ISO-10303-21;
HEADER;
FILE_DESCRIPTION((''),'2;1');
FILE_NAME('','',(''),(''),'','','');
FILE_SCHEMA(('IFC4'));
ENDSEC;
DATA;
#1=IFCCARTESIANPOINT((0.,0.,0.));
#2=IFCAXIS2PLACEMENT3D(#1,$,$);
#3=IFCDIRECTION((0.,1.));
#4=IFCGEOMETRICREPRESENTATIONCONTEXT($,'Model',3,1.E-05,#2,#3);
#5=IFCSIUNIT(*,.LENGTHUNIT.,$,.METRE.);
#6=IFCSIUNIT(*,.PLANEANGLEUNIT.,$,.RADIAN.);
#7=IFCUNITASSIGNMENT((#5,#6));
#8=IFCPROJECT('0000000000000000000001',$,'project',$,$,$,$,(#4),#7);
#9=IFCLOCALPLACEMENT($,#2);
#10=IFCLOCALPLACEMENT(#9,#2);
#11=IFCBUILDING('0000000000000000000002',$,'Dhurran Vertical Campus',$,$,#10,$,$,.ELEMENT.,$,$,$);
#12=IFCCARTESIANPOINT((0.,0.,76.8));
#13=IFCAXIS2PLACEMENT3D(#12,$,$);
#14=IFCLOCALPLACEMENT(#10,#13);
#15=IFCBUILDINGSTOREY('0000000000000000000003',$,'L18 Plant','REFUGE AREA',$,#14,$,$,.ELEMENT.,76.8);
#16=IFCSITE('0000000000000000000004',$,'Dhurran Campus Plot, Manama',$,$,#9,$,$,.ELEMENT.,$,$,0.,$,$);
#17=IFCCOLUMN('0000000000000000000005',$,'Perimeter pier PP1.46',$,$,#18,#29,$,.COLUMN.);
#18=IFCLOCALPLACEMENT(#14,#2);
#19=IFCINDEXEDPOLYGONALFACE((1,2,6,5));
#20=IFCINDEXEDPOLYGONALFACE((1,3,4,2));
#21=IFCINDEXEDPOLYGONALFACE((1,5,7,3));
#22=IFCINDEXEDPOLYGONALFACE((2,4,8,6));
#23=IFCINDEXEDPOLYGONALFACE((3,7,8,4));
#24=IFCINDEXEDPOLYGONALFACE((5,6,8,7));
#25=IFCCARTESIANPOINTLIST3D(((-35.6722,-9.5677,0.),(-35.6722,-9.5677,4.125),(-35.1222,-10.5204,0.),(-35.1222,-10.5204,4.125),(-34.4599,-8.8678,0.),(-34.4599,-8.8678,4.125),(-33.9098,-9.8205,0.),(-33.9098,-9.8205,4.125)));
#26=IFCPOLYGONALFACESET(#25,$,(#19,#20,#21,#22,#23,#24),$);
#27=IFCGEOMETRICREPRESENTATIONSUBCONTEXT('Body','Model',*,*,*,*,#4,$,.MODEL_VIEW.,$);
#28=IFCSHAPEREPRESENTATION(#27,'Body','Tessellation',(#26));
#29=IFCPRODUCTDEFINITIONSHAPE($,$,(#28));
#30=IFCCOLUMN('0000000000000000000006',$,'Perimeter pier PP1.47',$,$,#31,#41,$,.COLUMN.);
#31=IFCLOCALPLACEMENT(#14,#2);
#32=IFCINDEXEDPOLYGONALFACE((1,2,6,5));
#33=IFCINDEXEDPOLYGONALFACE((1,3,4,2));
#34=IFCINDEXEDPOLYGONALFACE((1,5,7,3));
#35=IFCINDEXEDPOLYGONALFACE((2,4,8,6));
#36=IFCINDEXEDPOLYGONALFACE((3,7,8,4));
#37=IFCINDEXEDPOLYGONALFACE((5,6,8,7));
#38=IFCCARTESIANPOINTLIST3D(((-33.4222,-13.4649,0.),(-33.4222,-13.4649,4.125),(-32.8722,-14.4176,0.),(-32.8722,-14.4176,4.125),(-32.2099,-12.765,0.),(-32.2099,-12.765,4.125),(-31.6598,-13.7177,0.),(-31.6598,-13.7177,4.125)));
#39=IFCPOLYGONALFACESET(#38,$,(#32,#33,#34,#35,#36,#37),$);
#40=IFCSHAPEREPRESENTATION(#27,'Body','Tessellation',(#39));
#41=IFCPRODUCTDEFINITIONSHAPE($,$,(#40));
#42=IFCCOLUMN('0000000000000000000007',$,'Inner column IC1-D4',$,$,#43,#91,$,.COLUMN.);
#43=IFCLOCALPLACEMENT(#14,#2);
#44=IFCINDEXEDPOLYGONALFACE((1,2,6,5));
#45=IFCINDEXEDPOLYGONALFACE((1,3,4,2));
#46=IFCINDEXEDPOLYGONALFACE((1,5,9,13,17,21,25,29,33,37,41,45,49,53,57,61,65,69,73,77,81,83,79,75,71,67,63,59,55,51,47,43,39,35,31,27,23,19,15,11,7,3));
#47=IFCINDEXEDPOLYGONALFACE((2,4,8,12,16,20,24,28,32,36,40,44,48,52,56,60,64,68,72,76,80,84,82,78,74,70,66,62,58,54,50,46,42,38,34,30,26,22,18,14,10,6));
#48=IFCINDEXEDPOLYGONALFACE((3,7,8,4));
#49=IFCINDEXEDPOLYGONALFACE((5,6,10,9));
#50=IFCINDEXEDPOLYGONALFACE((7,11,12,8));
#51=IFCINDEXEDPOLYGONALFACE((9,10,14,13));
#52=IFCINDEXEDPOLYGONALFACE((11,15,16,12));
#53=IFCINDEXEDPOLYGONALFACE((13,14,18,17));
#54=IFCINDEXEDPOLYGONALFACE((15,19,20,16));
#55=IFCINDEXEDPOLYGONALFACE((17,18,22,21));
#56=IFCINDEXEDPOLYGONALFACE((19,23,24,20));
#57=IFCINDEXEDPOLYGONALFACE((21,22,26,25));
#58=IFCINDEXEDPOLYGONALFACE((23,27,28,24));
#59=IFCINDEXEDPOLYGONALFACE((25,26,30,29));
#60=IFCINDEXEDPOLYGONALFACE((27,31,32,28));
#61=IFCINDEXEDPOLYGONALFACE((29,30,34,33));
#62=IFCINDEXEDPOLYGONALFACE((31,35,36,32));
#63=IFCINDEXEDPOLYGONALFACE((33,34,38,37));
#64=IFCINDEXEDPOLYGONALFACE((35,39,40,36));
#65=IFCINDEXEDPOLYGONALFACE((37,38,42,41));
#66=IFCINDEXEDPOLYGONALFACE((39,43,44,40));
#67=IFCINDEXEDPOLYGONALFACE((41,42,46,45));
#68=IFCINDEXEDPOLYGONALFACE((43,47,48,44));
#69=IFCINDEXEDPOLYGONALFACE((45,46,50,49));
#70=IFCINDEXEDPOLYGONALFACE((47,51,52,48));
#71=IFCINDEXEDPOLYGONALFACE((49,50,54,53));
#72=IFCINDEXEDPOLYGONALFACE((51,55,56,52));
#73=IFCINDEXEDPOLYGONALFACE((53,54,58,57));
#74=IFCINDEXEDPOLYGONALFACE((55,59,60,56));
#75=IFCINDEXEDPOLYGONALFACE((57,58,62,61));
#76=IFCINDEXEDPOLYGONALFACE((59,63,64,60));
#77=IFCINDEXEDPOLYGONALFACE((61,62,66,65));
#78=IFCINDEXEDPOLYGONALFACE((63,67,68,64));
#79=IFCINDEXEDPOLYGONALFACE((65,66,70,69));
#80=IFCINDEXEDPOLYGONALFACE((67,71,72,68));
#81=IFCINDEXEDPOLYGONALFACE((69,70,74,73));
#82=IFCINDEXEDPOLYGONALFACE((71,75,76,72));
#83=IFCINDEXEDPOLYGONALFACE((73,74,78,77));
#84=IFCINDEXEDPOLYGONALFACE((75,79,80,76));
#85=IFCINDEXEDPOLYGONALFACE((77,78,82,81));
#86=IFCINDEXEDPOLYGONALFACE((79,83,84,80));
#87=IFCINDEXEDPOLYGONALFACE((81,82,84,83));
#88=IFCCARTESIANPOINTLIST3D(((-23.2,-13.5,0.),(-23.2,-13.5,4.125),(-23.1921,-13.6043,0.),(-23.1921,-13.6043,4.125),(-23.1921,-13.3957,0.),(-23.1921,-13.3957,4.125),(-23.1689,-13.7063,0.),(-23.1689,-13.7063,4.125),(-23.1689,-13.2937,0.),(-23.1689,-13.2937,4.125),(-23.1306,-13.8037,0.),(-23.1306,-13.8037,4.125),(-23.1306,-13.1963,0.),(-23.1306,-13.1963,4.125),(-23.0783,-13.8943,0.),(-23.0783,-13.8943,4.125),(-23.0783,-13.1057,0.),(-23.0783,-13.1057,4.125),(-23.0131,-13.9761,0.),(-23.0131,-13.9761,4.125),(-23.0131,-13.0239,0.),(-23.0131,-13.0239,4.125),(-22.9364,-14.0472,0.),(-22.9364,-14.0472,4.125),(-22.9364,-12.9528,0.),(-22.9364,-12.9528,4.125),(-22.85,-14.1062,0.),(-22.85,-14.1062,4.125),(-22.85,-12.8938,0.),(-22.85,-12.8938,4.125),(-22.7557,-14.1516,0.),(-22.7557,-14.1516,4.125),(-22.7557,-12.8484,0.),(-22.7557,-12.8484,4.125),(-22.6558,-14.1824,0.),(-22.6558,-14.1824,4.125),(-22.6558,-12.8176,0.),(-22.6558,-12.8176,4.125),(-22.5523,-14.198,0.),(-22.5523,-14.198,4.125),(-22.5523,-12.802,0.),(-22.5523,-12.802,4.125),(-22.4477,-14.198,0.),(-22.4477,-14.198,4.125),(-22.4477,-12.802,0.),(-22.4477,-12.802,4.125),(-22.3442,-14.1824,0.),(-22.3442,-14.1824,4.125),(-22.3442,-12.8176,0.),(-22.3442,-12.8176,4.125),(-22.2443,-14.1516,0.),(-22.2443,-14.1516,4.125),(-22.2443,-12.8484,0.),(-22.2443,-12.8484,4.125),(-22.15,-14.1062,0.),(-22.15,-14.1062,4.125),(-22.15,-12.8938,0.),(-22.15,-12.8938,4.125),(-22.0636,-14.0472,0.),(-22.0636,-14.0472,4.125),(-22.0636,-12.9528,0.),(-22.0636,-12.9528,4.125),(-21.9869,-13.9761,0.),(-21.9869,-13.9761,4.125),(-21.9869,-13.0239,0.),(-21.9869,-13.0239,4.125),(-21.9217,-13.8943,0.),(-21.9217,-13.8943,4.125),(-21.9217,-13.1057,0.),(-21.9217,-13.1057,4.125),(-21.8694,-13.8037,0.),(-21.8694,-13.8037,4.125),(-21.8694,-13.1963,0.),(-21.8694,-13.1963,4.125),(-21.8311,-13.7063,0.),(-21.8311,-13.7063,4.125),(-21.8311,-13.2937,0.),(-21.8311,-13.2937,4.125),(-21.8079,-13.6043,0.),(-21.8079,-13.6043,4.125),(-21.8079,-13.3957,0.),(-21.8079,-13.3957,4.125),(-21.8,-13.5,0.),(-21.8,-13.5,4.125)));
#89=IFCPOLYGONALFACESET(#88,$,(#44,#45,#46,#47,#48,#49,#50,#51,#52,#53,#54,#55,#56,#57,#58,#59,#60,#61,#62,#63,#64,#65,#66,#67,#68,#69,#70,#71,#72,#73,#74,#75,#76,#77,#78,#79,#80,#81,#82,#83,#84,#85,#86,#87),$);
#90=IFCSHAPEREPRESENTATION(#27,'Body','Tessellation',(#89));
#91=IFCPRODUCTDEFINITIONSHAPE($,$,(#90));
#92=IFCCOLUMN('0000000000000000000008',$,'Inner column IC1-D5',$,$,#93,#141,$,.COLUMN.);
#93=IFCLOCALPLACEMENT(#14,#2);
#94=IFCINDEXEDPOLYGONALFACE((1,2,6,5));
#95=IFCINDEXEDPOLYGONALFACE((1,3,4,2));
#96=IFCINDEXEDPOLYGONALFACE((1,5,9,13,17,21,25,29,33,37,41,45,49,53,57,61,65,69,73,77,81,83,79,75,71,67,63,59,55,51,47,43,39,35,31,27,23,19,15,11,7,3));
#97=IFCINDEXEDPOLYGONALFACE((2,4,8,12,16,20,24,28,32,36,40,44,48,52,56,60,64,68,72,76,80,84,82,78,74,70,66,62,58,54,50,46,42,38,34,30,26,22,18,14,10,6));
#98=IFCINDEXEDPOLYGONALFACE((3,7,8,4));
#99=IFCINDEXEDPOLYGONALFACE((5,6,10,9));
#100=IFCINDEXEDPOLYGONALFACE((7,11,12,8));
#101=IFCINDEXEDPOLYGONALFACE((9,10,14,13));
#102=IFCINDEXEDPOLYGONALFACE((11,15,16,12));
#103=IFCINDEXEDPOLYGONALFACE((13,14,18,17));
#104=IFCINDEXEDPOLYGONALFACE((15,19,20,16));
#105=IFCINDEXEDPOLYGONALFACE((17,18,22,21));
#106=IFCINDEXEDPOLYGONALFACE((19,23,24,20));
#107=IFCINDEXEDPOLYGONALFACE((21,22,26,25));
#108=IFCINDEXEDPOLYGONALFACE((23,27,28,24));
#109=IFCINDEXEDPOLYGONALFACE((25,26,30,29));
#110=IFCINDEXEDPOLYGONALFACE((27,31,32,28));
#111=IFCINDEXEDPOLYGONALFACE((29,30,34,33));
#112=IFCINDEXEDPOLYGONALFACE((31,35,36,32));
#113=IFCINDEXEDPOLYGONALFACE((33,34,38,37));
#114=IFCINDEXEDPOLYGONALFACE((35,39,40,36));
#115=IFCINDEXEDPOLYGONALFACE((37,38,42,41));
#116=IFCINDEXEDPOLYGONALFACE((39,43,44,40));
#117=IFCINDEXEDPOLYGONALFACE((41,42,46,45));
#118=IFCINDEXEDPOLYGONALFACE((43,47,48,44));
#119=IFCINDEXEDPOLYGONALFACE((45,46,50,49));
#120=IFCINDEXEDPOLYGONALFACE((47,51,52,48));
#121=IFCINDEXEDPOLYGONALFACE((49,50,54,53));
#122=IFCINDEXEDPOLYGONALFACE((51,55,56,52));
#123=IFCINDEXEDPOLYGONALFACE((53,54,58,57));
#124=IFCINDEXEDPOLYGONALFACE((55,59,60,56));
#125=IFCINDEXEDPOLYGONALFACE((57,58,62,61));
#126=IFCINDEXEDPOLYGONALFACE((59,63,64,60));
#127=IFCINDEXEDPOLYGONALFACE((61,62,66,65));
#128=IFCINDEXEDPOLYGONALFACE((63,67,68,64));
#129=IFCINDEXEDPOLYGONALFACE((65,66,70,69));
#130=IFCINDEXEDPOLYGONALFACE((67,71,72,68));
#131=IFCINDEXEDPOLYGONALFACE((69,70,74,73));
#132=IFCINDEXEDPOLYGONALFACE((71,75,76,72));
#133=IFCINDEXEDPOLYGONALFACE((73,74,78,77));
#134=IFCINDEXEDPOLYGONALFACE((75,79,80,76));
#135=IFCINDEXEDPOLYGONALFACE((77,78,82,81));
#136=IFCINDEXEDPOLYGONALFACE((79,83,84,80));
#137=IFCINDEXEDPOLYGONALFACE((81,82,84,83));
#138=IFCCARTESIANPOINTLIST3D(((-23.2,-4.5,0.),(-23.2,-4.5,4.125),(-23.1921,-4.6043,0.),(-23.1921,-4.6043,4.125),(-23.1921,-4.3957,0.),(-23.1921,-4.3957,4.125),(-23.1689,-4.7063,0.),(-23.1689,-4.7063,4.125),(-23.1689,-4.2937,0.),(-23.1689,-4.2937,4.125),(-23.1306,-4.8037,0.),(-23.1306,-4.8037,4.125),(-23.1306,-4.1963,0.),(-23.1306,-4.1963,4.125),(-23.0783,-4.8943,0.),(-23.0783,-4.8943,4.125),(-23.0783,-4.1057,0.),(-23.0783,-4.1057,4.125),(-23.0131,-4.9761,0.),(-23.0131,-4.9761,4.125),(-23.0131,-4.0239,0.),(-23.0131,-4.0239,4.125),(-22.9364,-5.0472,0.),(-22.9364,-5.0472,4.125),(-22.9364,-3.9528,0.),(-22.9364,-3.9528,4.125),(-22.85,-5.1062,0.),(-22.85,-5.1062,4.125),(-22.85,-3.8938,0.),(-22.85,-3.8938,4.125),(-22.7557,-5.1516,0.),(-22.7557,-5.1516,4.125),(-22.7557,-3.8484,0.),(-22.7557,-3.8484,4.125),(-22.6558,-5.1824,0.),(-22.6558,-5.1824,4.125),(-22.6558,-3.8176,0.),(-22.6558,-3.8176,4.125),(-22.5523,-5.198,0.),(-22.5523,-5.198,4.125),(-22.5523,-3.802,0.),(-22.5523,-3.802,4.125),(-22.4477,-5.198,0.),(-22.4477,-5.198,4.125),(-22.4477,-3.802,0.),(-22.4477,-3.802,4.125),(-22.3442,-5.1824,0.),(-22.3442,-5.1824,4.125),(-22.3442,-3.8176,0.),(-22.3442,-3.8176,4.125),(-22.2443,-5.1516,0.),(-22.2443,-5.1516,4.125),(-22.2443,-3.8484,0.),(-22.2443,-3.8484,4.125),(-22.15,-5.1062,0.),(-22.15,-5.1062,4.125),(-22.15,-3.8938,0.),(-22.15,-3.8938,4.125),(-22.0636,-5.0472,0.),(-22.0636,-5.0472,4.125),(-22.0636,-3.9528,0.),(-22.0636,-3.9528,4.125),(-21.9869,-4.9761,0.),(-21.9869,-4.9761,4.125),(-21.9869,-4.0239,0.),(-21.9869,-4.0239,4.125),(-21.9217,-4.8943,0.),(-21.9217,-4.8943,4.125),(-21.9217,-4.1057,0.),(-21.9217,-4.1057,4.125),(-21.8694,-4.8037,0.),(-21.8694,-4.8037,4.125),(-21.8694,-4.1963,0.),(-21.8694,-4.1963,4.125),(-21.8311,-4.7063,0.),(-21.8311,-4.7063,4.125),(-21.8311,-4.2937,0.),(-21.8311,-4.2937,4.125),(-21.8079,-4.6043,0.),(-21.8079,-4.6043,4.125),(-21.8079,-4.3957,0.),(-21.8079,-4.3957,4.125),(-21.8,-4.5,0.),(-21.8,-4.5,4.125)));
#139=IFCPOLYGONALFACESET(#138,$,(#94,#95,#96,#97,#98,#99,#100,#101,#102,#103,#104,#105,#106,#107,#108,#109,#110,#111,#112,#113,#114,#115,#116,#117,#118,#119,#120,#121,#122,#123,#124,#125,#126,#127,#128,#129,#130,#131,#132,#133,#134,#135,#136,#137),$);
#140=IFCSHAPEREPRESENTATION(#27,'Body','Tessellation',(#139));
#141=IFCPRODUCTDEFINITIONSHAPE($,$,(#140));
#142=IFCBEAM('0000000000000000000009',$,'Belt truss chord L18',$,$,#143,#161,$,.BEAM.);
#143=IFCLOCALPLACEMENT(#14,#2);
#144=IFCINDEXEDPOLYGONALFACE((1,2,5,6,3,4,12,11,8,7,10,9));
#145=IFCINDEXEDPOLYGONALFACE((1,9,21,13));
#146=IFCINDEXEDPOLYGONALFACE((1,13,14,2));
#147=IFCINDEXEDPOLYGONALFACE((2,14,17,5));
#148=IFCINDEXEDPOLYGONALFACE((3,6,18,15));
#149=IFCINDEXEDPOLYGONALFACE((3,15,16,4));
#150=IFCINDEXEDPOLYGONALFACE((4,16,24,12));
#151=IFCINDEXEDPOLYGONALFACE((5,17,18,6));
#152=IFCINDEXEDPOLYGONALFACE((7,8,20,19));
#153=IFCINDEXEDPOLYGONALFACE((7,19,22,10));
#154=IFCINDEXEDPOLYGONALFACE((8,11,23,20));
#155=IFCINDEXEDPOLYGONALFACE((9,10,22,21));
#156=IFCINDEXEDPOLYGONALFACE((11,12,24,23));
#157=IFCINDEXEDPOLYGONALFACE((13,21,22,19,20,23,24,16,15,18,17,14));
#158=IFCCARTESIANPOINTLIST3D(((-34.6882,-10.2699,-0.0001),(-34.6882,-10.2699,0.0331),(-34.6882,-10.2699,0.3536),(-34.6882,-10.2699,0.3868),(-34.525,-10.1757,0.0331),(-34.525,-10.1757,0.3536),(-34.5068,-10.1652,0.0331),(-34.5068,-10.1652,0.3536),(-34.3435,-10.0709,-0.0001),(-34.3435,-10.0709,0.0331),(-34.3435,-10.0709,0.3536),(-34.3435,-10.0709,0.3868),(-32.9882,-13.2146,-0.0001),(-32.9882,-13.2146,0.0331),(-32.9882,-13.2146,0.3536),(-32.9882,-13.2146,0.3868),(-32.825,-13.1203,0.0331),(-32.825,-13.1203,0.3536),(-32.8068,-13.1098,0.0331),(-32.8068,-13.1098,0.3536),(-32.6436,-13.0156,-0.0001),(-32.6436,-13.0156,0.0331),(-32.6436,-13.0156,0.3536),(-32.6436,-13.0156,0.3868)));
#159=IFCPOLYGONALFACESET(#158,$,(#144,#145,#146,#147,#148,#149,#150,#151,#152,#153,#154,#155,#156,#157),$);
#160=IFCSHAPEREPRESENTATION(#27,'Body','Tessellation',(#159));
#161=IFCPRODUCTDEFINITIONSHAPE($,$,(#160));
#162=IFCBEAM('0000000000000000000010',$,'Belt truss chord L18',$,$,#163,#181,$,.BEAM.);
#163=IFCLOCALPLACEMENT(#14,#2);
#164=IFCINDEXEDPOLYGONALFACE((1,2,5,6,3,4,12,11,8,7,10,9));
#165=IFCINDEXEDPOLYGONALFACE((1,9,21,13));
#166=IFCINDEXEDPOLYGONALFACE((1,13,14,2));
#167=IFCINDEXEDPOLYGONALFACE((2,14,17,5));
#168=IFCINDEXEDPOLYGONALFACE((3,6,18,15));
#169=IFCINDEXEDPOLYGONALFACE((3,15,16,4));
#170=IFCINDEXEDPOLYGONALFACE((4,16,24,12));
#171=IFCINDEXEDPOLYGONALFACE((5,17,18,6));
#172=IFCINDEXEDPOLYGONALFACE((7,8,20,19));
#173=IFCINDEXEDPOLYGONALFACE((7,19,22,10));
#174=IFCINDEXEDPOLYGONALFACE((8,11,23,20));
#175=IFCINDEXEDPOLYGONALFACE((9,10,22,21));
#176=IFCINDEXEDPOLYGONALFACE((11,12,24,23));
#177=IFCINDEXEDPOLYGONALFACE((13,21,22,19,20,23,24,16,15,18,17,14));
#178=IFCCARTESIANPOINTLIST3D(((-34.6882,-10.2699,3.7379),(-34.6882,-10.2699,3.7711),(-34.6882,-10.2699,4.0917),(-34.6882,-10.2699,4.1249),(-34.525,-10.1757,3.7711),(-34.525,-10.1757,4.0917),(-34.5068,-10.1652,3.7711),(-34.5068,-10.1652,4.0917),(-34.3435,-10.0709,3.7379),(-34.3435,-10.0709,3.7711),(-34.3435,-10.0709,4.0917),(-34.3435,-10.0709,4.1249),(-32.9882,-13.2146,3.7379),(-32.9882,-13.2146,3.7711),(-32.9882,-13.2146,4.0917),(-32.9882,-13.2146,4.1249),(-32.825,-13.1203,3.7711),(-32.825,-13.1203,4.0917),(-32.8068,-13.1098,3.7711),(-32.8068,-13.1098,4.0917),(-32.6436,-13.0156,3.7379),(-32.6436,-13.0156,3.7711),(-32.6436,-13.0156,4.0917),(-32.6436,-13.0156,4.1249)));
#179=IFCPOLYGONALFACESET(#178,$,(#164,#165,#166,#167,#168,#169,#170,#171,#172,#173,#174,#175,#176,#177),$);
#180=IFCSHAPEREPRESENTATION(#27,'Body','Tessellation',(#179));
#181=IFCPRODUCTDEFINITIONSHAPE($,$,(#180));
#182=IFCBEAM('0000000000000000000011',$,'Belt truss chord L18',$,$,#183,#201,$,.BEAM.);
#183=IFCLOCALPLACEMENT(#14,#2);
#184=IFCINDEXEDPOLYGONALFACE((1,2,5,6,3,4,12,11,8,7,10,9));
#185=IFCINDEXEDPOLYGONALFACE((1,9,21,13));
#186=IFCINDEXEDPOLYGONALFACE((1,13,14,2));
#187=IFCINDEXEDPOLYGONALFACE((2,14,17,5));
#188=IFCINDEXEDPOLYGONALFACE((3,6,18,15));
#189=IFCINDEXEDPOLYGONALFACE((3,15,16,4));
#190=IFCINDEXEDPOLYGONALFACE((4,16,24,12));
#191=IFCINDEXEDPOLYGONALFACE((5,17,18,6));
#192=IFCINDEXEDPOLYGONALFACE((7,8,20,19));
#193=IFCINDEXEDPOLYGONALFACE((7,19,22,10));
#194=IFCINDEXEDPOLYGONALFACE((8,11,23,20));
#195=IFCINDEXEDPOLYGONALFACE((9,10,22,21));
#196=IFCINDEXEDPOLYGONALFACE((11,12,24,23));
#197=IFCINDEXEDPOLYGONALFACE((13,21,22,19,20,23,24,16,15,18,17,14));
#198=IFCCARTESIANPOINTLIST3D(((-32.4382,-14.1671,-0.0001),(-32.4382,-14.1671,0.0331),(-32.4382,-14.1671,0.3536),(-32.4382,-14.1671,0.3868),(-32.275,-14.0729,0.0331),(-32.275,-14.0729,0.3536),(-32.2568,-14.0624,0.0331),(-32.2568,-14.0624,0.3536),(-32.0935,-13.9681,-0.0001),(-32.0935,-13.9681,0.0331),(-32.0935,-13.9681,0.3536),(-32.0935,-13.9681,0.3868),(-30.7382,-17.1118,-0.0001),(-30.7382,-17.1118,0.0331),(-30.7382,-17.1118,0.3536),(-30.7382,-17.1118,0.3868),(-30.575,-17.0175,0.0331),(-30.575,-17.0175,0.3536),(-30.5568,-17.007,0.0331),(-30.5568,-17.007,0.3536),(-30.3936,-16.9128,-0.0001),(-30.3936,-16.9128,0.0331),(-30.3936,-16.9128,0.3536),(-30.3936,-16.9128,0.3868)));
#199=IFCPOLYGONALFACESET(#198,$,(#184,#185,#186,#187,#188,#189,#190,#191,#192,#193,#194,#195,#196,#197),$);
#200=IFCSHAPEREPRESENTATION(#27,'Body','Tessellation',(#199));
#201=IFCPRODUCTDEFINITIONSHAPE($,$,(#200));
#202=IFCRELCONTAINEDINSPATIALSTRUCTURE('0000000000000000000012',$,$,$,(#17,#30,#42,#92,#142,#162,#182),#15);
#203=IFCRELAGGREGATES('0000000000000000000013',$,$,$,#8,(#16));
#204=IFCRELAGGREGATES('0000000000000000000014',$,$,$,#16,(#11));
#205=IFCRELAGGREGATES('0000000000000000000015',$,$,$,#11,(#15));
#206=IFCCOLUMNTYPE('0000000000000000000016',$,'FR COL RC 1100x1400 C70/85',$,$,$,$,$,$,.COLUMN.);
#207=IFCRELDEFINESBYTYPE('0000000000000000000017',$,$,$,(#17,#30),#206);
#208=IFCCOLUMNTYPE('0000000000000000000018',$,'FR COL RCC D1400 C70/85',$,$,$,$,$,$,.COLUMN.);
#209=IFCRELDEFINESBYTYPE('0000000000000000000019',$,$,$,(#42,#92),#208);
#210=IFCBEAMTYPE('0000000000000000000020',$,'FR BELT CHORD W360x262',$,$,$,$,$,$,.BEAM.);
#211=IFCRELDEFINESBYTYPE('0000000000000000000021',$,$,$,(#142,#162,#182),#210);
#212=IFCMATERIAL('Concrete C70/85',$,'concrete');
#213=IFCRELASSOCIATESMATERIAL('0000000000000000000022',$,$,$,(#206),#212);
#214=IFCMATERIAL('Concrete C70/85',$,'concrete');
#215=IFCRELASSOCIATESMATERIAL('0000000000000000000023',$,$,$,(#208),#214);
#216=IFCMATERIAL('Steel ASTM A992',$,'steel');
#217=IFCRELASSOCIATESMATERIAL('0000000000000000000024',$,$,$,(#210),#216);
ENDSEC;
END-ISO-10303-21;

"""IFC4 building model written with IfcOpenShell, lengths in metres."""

from ifc_helpers import new_model, si_unit, direction, frame, origin, origin_2d, place, context, subcontext, project, spatial, rectangle, circle, i_section, extrude, material, material_profile, profile_set, type_object, element, save


model = new_model("IFC4")

# Units and contexts
model_context = context("Model", 3, precision=1e-05, world=origin(), true_north=direction((0.0, 1.0)))
body_context = subcontext(model_context, "Body", "Model", "MODEL_VIEW")
ifc_project = project(units=[si_unit("LENGTHUNIT", "METRE"), si_unit("PLANEANGLEUNIT", "RADIAN")], contexts=[model_context])

# Site, building, storey
site_placement = place(None, origin())
site = spatial("IfcSite", under=ifc_project, at=site_placement, Name="Dhurran Campus Plot, Manama", CompositionType="ELEMENT", RefElevation=0.0)
building_placement = place(site_placement, origin())
building = spatial("IfcBuilding", under=site, at=building_placement, Name="Dhurran Vertical Campus", CompositionType="ELEMENT")
storey_placement = place(building_placement, frame((0.0, 0.0, 76.8)))
storey = spatial("IfcBuildingStorey", under=building, at=storey_placement, Name="L18 Plant", Description="REFUGE AREA", CompositionType="ELEMENT", Elevation=76.8)

# Columns
ifc_material_1 = material(Name="Concrete C70/85", Category="concrete")
ifc_material_profile_1 = material_profile(ifc_material_1, rectangle(XDim=1.1001, YDim=1.3999, at=origin_2d()), Name="RC 1100x1400")
ifc_profile_set_1 = profile_set([ifc_material_profile_1], Name="Concrete C70/85")
column_type_1 = type_object("IfcColumnType", Name="FR COL RC 1100x1400 C70/85", PredefinedType="COLUMN", material=ifc_profile_set_1)
for number, where, z_axis, x_axis, name in (
    (1, (-34.791, -9.6941, 0.0), (0.0, 0.0, 1.0), (0.5, -0.866025, 0.0), "Perimeter pier PP1.46"),
    (2, (-32.541, -13.5913, 0.0), (0.0, 0.0, 1.0), (0.5, -0.866025, 0.0), "Perimeter pier PP1.47"),
):
    element("IfcColumn", number, at=place(storey_placement, frame(where, z_axis=z_axis, x_axis=x_axis)), inside=storey, type_object=column_type_1, Name=name, PredefinedType="COLUMN", context=body_context, shape_type="SweptSolid", body=[
        extrude(rectangle(XDim=1.1001, YDim=1.3999, at=origin_2d()), origin(), (0.0, 0.0, 1.0), 4.125),
    ])
ifc_material_2 = material(Name="Concrete C70/85", Category="concrete")
ifc_material_profile_2 = material_profile(ifc_material_2, circle(Radius=0.7, at=origin_2d()), Name="RCC D1400")
ifc_profile_set_2 = profile_set([ifc_material_profile_2], Name="Concrete C70/85")
column_type_2 = type_object("IfcColumnType", Name="FR COL RCC D1400 C70/85", PredefinedType="COLUMN", material=ifc_profile_set_2)
for number, where, z_axis, x_axis, name in (
    (3, (-22.5, -13.5, 0.0), (0.0, 0.0, 1.0), (1.0, 0.0, 0.0), "Inner column IC1-D4"),
    (4, (-22.5, -4.5, 0.0), (0.0, 0.0, 1.0), (1.0, 0.0, 0.0), "Inner column IC1-D5"),
):
    element("IfcColumn", number, at=place(storey_placement, frame(where, z_axis=z_axis, x_axis=x_axis)), inside=storey, type_object=column_type_2, Name=name, PredefinedType="COLUMN", context=body_context, shape_type="SweptSolid", body=[
        extrude(circle(Radius=0.7, at=origin_2d()), origin(), (0.0, 0.0, 1.0), 4.125),
    ])

# Beams
ifc_material_3 = material(Name="Steel ASTM A992", Category="steel")
ifc_material_profile_3 = material_profile(ifc_material_3, i_section(OverallWidth=0.3979, OverallDepth=0.387, WebThickness=0.021, FlangeThickness=0.0332, at=origin_2d()), Name="W360x262")
ifc_profile_set_3 = profile_set([ifc_material_profile_3], Name="Steel ASTM A992")
beam_type = type_object("IfcBeamType", Name="FR BELT CHORD W360x262", PredefinedType="BEAM", material=ifc_profile_set_3)
for number, where, z_axis, x_axis, name in (
    (5, (-34.5159, -10.1704, 0.1934), (0.499977, -0.866039, 0.0), (0.866039, 0.499977, 0.0), "Belt truss chord L18"),
    (6, (-34.5159, -10.1704, 3.9314), (0.499977, -0.866039, 0.0), (0.866039, 0.499977, 0.0), "Belt truss chord L18"),
    (7, (-32.2659, -14.0676, 0.1934), (0.499977, -0.866039, 0.0), (0.866039, 0.499977, 0.0), "Belt truss chord L18"),
):
    element("IfcBeam", number, at=place(storey_placement, frame(where, z_axis=z_axis, x_axis=x_axis)), inside=storey, type_object=beam_type, Name=name, PredefinedType="BEAM", context=body_context, shape_type="SweptSolid", body=[
        extrude(i_section(OverallWidth=0.3979, OverallDepth=0.387, WebThickness=0.021, FlangeThickness=0.0332, at=origin_2d()), origin(), (0.0, 0.0, 1.0), 3.4001),
    ])

save(model, "model.ifc")
